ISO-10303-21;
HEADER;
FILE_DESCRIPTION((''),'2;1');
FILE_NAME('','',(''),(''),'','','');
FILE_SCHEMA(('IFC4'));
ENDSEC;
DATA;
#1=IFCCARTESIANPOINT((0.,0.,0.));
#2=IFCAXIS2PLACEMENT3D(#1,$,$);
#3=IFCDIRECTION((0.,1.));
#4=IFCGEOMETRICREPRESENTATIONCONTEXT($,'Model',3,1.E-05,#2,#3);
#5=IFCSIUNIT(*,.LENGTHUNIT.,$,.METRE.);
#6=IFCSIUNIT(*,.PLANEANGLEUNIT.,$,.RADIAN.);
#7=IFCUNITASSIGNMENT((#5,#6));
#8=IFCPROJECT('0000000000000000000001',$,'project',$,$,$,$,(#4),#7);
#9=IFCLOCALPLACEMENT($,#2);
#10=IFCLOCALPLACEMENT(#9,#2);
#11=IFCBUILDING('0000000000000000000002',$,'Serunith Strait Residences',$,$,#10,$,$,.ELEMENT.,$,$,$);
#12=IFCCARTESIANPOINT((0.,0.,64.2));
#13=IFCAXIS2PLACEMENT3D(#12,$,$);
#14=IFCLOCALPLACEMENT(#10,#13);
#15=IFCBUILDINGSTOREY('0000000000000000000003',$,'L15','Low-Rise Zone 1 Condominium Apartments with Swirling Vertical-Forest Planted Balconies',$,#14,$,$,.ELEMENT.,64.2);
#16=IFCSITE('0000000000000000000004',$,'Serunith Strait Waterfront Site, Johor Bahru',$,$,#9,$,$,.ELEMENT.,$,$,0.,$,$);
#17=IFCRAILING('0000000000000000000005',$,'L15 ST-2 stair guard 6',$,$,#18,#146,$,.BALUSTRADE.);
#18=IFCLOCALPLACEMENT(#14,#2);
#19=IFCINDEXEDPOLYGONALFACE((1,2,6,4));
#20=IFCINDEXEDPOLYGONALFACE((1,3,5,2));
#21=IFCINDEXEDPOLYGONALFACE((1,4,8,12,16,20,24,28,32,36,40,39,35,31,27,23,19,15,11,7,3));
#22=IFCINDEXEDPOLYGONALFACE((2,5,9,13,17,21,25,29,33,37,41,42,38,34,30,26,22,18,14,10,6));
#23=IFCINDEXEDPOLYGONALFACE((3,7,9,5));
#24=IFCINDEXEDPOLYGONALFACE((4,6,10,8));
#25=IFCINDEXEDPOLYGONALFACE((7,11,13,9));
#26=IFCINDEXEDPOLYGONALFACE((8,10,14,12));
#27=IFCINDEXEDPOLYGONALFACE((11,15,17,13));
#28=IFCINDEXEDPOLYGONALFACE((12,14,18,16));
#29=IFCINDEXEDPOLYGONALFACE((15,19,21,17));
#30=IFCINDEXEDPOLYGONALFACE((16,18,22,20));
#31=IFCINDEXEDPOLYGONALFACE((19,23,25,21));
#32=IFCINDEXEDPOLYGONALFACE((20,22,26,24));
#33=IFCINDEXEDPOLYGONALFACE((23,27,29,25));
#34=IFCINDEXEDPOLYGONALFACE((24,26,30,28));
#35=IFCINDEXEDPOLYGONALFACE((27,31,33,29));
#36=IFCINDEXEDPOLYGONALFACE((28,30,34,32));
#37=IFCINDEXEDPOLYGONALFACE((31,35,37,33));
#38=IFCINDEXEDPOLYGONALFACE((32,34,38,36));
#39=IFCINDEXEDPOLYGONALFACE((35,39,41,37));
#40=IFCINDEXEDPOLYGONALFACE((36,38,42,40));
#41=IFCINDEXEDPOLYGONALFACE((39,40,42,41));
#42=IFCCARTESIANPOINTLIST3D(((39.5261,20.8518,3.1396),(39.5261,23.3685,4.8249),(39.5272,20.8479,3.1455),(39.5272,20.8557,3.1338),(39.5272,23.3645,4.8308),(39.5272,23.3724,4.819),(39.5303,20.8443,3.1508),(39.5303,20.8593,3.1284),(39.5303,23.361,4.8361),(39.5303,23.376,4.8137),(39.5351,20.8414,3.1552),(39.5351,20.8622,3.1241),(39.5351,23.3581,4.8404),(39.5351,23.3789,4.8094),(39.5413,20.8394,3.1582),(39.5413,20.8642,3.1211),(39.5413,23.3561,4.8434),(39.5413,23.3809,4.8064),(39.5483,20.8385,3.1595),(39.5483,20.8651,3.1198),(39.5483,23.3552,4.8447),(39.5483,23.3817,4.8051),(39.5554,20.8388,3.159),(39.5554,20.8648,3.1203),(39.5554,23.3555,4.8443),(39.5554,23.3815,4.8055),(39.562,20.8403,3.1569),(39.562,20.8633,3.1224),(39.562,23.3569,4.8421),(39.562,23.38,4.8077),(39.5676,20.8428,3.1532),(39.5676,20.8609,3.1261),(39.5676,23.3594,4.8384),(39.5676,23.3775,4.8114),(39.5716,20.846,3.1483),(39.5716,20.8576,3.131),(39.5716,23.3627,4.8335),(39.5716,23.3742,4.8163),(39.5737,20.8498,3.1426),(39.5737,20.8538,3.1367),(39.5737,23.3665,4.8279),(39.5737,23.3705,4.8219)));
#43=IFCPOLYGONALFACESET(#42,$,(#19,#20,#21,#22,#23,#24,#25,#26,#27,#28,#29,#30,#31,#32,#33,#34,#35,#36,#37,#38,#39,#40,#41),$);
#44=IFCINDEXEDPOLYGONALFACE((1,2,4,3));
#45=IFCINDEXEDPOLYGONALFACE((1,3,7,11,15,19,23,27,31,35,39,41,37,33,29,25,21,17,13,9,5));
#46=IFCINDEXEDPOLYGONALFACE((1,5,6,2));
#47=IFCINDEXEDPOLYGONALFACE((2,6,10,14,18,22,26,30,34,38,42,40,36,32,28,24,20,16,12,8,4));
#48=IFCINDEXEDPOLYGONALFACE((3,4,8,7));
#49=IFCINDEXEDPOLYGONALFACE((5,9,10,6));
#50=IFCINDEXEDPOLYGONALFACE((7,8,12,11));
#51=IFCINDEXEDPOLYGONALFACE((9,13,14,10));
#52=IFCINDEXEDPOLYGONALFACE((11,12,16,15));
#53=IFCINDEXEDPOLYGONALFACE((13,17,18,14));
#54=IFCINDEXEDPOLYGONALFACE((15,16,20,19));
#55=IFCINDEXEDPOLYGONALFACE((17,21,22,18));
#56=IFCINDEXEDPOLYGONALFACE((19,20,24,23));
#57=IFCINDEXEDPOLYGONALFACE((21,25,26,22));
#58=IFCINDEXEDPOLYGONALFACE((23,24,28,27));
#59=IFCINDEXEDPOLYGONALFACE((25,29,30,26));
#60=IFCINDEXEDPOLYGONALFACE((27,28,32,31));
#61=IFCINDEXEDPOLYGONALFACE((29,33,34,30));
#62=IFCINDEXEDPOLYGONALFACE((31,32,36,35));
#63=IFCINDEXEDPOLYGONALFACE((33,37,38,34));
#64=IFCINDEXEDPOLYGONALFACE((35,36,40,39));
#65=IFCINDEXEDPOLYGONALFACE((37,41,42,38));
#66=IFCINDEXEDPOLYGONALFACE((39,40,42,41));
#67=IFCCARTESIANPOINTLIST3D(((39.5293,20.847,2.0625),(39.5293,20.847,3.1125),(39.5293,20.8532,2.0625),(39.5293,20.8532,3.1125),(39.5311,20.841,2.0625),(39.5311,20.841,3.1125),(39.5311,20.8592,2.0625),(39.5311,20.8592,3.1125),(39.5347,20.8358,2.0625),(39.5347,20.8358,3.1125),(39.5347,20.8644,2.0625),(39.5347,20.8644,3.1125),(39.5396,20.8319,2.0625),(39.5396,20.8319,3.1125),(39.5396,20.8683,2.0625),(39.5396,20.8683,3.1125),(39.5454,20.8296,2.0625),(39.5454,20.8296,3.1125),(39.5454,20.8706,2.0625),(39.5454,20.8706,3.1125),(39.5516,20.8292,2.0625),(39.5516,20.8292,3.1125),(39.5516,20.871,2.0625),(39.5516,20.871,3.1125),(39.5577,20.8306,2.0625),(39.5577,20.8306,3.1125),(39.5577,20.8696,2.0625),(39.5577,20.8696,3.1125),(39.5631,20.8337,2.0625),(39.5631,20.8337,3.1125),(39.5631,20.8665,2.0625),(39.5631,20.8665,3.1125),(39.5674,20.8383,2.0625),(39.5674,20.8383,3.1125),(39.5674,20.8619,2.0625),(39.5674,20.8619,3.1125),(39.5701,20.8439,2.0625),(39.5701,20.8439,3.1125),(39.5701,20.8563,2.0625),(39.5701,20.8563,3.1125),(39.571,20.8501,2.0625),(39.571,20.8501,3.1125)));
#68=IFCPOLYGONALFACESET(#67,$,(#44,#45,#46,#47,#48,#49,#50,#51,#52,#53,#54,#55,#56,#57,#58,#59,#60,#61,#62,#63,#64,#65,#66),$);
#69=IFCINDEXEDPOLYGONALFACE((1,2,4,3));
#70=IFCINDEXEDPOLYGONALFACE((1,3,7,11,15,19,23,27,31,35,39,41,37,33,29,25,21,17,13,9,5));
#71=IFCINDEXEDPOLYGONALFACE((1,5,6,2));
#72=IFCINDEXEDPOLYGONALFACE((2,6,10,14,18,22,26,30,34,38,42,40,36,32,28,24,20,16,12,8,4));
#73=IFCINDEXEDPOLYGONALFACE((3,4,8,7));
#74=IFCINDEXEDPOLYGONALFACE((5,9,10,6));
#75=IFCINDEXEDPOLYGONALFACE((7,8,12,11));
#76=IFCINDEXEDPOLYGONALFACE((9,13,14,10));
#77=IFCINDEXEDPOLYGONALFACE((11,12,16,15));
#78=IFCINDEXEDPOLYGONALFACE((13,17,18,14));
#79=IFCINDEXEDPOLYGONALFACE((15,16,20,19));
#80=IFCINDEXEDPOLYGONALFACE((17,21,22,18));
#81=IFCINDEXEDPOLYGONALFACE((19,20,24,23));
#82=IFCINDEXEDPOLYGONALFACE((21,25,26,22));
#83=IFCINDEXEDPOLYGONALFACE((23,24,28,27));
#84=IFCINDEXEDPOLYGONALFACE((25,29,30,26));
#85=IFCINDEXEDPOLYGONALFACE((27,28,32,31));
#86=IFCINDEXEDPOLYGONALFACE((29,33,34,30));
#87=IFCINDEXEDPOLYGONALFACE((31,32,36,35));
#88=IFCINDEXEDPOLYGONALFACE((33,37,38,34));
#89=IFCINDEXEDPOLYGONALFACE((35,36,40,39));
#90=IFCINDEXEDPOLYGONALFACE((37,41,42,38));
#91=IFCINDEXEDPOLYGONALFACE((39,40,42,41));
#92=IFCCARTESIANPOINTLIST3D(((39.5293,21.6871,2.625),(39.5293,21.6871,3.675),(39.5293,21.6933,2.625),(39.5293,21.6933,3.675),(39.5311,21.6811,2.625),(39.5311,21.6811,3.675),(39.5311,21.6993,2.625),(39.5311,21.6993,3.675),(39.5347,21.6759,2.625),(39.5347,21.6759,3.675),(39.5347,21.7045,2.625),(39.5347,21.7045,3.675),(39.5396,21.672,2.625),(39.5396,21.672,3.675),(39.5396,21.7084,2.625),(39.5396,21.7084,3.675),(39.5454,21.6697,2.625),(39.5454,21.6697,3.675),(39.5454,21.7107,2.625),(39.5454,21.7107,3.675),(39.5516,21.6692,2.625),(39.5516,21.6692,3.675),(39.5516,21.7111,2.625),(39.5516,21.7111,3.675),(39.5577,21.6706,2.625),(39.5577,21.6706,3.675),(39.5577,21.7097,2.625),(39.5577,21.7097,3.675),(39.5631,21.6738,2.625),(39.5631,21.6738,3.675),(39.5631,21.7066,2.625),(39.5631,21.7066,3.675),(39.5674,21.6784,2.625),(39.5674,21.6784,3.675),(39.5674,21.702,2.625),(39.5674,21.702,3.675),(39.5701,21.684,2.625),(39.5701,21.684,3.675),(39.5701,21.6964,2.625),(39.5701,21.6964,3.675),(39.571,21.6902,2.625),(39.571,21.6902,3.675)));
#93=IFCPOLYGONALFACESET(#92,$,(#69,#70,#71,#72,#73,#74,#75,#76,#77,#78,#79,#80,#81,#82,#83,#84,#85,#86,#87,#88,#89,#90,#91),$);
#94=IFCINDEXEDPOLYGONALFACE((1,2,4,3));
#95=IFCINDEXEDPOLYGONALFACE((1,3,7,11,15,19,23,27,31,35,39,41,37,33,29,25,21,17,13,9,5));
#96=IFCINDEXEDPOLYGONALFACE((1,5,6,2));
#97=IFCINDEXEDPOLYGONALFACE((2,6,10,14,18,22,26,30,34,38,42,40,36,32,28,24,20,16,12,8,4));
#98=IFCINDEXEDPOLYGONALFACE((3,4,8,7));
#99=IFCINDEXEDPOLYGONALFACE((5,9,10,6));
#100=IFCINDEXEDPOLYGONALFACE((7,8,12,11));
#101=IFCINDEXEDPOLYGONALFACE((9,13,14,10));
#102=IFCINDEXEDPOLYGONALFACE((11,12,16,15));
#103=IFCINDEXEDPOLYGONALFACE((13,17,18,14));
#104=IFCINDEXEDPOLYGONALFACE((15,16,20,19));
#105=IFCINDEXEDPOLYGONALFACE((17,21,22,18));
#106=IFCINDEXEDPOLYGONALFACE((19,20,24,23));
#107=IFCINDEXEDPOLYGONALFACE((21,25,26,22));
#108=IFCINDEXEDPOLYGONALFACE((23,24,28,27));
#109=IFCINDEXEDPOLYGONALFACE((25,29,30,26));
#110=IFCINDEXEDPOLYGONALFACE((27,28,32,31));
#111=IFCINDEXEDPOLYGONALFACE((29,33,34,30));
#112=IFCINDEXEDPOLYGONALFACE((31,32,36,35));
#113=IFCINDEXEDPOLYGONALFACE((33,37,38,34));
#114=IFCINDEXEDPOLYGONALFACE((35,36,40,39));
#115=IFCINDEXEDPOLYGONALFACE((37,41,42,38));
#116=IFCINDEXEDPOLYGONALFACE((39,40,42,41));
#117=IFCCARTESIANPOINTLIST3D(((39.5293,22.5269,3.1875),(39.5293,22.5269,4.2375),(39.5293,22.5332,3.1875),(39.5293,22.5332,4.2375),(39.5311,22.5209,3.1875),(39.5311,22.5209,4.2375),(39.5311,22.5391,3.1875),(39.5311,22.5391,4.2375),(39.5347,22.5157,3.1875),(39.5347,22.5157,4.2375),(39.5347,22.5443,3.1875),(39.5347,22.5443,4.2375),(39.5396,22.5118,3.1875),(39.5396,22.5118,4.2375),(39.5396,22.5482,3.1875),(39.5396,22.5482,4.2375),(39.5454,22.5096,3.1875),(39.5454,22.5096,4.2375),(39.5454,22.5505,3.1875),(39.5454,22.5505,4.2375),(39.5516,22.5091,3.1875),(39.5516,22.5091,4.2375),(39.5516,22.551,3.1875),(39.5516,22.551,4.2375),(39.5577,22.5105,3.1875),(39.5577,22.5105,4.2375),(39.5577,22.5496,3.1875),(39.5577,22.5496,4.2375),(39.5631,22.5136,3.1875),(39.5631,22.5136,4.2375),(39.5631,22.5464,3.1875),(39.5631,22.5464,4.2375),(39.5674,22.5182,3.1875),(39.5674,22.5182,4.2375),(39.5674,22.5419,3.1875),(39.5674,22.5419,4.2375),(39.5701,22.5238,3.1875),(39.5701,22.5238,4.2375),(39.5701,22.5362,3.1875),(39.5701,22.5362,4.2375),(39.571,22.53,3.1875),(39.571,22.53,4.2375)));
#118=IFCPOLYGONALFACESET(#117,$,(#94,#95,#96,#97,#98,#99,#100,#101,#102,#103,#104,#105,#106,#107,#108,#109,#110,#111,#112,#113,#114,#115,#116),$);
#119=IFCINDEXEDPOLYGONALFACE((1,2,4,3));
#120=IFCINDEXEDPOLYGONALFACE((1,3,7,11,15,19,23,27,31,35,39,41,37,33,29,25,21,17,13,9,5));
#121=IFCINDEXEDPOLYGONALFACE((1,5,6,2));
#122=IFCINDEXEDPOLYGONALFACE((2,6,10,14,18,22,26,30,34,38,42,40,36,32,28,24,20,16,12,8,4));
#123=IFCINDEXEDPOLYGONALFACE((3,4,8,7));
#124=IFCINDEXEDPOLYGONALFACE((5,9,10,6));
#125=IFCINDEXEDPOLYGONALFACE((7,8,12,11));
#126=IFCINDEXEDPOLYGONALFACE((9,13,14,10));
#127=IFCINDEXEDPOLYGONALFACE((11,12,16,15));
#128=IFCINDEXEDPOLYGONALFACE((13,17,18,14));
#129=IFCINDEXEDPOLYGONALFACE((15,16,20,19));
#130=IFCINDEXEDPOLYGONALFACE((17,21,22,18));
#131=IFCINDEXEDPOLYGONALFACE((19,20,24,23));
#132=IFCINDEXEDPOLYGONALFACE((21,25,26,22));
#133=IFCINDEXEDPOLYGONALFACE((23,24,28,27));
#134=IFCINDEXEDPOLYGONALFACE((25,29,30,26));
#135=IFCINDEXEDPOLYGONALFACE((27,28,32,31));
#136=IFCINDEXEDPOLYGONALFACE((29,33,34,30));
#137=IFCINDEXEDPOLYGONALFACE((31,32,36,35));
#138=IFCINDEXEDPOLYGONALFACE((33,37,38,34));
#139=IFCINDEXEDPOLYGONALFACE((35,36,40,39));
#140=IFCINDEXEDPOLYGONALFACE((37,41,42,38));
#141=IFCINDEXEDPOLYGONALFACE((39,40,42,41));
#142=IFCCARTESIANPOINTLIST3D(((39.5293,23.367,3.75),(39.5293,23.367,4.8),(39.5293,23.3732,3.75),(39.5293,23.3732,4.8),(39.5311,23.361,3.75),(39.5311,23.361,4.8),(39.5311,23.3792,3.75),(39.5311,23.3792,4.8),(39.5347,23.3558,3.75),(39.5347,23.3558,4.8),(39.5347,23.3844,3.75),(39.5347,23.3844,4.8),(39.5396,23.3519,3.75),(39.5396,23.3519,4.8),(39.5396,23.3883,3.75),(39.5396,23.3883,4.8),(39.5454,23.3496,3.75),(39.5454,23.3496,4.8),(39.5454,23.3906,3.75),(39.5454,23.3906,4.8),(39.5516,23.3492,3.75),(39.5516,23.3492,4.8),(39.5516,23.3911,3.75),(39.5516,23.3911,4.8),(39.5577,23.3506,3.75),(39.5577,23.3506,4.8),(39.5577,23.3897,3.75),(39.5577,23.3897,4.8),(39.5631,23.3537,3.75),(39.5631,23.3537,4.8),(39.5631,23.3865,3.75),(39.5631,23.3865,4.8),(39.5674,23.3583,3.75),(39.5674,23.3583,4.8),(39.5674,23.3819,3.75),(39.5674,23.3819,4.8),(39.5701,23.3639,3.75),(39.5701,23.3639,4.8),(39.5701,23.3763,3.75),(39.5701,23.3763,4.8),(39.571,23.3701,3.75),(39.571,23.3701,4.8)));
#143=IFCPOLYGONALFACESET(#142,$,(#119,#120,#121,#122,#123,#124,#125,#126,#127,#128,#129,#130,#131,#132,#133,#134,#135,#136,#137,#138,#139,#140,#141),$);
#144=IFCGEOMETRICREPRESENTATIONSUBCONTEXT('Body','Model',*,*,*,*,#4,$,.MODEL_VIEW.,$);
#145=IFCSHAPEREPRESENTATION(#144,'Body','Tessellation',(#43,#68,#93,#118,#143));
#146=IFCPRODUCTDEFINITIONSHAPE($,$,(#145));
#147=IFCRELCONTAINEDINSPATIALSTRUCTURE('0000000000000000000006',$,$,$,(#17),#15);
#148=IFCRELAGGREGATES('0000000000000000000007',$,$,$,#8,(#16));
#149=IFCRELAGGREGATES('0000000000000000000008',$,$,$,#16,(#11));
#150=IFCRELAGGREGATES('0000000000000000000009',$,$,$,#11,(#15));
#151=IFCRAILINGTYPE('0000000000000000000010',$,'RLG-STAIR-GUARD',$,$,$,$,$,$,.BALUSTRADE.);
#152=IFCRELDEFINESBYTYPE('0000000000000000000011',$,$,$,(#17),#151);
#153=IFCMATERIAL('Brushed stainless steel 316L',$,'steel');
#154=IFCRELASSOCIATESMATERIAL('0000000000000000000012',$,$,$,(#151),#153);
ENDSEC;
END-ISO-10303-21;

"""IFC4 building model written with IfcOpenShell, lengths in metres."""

from ifc_helpers import new_model, si_unit, direction, frame, origin, origin_2d, place, context, subcontext, project, spatial, circle, extrude, material, type_object, element, save


model = new_model("IFC4")

# Units and contexts
model_context = context("Model", 3, precision=1e-05, world=origin(), true_north=direction((0.0, 1.0)))
body_context = subcontext(model_context, "Body", "Model", "MODEL_VIEW")
ifc_project = project(units=[si_unit("LENGTHUNIT", "METRE"), si_unit("PLANEANGLEUNIT", "RADIAN")], contexts=[model_context])

# Site, building, storey
site_placement = place(None, origin())
site = spatial("IfcSite", under=ifc_project, at=site_placement, Name="Serunith Strait Waterfront Site, Johor Bahru", CompositionType="ELEMENT", RefElevation=0.0)
building_placement = place(site_placement, origin())
building = spatial("IfcBuilding", under=site, at=building_placement, Name="Serunith Strait Residences", CompositionType="ELEMENT")
storey_placement = place(building_placement, frame((0.0, 0.0, 64.2)))
storey = spatial("IfcBuildingStorey", under=building, at=storey_placement, Name="L15", Description="Low-Rise Zone 1 Condominium Apartments with Swirling Vertical-Forest Planted Balconies", CompositionType="ELEMENT", Elevation=64.2)

# Railing
ifc_material_1 = material(Name="Brushed stainless steel 316L", Category="steel")
railing_type_1 = type_object("IfcRailingType", Name="RLG-STAIR-GUARD", PredefinedType="BALUSTRADE", material=ifc_material_1)
railing_1_placement = place(storey_placement, frame((39.55, 20.8501, 2.0625)))
element("IfcRailing", 1, at=railing_1_placement, inside=storey, type_object=railing_type_1, Name="L15 ST-2 stair guard 6", PredefinedType="BALUSTRADE", context=body_context, shape_type="SweptSolid", body=[
    extrude(circle(Radius=0.0239, at=origin_2d()), frame((0.0, 0.0017, 1.0771), z_axis=(0.0, 0.830909, 0.556408), x_axis=(-1.0, 0.0, 0.0)), (0.0, 0.0, 1.0), 3.0288),
    extrude(circle(Radius=0.021, at=origin_2d()), origin(), (0.0, 0.0, 1.0), 1.05),
    extrude(circle(Radius=0.021, at=origin_2d()), frame((0.0, 0.8401, 0.5625)), (0.0, 0.0, 1.0), 1.05),
    extrude(circle(Radius=0.021, at=origin_2d()), frame((0.0, 1.6799, 1.125)), (0.0, 0.0, 1.0), 1.05),
    extrude(circle(Radius=0.021, at=origin_2d()), frame((0.0, 2.52, 1.6875)), (0.0, 0.0, 1.0), 1.05),
])

save(model, "model.ifc")
